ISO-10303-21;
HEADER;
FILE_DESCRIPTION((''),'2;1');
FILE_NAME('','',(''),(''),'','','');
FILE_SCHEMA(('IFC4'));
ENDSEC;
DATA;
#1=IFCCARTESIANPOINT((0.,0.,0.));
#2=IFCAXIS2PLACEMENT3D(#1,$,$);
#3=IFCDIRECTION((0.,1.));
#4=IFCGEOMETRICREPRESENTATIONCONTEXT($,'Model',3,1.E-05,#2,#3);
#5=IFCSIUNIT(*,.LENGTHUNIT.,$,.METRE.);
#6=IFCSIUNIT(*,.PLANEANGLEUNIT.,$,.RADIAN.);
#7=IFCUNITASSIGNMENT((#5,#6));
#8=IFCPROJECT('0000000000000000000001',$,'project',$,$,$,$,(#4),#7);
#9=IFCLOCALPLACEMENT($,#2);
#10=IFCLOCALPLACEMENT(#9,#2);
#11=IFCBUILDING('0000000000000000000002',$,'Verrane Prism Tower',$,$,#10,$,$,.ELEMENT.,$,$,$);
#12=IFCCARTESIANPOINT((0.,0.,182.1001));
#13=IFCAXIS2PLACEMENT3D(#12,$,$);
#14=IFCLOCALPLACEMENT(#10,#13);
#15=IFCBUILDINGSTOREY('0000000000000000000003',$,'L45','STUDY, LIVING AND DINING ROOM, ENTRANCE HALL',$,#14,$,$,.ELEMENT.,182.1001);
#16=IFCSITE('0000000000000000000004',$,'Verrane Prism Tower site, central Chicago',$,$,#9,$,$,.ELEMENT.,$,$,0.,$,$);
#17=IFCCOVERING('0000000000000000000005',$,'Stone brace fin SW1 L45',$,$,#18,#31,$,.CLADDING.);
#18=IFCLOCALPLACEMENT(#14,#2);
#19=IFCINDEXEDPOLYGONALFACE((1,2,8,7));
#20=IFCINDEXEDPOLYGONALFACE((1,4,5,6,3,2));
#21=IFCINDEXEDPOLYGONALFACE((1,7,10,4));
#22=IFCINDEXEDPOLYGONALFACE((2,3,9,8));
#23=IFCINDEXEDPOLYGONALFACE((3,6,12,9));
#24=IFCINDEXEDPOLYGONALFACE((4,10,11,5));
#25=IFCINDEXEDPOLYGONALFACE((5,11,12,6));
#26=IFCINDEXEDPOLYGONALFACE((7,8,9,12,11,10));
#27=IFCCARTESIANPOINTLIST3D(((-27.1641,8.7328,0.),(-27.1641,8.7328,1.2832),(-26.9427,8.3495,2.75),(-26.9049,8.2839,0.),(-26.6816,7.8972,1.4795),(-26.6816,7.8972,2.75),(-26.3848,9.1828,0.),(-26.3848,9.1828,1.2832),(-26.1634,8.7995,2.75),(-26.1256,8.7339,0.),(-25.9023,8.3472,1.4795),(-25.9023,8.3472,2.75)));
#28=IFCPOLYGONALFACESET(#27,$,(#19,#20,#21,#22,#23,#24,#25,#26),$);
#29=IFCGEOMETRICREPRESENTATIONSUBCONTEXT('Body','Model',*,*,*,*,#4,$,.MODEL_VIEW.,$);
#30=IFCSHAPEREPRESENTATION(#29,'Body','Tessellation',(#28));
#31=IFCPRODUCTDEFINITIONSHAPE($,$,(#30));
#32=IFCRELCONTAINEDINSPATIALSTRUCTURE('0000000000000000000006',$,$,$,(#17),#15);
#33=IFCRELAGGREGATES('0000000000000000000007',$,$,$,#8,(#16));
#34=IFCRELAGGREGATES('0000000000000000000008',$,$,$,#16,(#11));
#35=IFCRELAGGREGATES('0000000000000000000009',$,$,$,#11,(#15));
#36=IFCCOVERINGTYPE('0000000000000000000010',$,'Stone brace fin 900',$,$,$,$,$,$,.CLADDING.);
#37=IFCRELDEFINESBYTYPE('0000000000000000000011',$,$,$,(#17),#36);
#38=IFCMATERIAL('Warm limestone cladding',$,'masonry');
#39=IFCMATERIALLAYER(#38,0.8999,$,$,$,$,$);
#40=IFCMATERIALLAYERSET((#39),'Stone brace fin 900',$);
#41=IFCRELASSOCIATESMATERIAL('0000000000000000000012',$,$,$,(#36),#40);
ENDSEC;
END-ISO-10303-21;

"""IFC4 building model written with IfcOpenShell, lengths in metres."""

from ifc_helpers import new_model, si_unit, direction, frame, origin, place, context, subcontext, project, spatial, polyline, outline, extrude, material, layer, layer_set, type_object, element, save


model = new_model("IFC4")

# Units and contexts
model_context = context("Model", 3, precision=1e-05, world=origin(), true_north=direction((0.0, 1.0)))
body_context = subcontext(model_context, "Body", "Model", "MODEL_VIEW")
ifc_project = project(units=[si_unit("LENGTHUNIT", "METRE"), si_unit("PLANEANGLEUNIT", "RADIAN")], contexts=[model_context])

# Site, building, storey
site_placement = place(None, origin())
site = spatial("IfcSite", under=ifc_project, at=site_placement, Name="Verrane Prism Tower site, central Chicago", CompositionType="ELEMENT", RefElevation=0.0)
building_placement = place(site_placement, origin())
building = spatial("IfcBuilding", under=site, at=building_placement, Name="Verrane Prism Tower", CompositionType="ELEMENT")
storey_placement = place(building_placement, frame((0.0, 0.0, 182.1001)))
storey = spatial("IfcBuildingStorey", under=building, at=storey_placement, Name="L45", Description="STUDY, LIVING AND DINING ROOM, ENTRANCE HALL", CompositionType="ELEMENT", Elevation=182.1001)

# Covering
ifc_material_1 = material(Name="Warm limestone cladding", Category="masonry")
ifc_layer_1 = layer(ifc_material_1, 0.8999)
ifc_layer_set_1 = layer_set([ifc_layer_1], Name="Stone brace fin 900")
covering_type = type_object("IfcCoveringType", Name="Stone brace fin 900", PredefinedType="CLADDING", material=ifc_layer_set_1)
covering_placement = place(storey_placement, frame((-26.7744, 8.9578, 0.0), z_axis=(0.0, 0.0, 1.0), x_axis=(0.500058, -0.865992, 0.0)))
element("IfcCovering", 1, at=covering_placement, inside=storey, type_object=covering_type, Name="Stone brace fin SW1 L45", PredefinedType="CLADDING", context=body_context, shape_type="SweptSolid", body=[
    extrude(outline(polyline([(0.9648, 2.75), (0.4426, 2.75), (0.0, 1.2832), (0.0, 0.0), (0.5183, 0.0), (0.9648, 1.4795), (0.9648, 2.75)])), frame((0.0, 0.45, 0.0), z_axis=(0.0, -1.0, 0.0), x_axis=(1.0, 0.0, 0.0)), (0.0, 0.0, 1.0), 0.8999),
])

save(model, "model.ifc")
